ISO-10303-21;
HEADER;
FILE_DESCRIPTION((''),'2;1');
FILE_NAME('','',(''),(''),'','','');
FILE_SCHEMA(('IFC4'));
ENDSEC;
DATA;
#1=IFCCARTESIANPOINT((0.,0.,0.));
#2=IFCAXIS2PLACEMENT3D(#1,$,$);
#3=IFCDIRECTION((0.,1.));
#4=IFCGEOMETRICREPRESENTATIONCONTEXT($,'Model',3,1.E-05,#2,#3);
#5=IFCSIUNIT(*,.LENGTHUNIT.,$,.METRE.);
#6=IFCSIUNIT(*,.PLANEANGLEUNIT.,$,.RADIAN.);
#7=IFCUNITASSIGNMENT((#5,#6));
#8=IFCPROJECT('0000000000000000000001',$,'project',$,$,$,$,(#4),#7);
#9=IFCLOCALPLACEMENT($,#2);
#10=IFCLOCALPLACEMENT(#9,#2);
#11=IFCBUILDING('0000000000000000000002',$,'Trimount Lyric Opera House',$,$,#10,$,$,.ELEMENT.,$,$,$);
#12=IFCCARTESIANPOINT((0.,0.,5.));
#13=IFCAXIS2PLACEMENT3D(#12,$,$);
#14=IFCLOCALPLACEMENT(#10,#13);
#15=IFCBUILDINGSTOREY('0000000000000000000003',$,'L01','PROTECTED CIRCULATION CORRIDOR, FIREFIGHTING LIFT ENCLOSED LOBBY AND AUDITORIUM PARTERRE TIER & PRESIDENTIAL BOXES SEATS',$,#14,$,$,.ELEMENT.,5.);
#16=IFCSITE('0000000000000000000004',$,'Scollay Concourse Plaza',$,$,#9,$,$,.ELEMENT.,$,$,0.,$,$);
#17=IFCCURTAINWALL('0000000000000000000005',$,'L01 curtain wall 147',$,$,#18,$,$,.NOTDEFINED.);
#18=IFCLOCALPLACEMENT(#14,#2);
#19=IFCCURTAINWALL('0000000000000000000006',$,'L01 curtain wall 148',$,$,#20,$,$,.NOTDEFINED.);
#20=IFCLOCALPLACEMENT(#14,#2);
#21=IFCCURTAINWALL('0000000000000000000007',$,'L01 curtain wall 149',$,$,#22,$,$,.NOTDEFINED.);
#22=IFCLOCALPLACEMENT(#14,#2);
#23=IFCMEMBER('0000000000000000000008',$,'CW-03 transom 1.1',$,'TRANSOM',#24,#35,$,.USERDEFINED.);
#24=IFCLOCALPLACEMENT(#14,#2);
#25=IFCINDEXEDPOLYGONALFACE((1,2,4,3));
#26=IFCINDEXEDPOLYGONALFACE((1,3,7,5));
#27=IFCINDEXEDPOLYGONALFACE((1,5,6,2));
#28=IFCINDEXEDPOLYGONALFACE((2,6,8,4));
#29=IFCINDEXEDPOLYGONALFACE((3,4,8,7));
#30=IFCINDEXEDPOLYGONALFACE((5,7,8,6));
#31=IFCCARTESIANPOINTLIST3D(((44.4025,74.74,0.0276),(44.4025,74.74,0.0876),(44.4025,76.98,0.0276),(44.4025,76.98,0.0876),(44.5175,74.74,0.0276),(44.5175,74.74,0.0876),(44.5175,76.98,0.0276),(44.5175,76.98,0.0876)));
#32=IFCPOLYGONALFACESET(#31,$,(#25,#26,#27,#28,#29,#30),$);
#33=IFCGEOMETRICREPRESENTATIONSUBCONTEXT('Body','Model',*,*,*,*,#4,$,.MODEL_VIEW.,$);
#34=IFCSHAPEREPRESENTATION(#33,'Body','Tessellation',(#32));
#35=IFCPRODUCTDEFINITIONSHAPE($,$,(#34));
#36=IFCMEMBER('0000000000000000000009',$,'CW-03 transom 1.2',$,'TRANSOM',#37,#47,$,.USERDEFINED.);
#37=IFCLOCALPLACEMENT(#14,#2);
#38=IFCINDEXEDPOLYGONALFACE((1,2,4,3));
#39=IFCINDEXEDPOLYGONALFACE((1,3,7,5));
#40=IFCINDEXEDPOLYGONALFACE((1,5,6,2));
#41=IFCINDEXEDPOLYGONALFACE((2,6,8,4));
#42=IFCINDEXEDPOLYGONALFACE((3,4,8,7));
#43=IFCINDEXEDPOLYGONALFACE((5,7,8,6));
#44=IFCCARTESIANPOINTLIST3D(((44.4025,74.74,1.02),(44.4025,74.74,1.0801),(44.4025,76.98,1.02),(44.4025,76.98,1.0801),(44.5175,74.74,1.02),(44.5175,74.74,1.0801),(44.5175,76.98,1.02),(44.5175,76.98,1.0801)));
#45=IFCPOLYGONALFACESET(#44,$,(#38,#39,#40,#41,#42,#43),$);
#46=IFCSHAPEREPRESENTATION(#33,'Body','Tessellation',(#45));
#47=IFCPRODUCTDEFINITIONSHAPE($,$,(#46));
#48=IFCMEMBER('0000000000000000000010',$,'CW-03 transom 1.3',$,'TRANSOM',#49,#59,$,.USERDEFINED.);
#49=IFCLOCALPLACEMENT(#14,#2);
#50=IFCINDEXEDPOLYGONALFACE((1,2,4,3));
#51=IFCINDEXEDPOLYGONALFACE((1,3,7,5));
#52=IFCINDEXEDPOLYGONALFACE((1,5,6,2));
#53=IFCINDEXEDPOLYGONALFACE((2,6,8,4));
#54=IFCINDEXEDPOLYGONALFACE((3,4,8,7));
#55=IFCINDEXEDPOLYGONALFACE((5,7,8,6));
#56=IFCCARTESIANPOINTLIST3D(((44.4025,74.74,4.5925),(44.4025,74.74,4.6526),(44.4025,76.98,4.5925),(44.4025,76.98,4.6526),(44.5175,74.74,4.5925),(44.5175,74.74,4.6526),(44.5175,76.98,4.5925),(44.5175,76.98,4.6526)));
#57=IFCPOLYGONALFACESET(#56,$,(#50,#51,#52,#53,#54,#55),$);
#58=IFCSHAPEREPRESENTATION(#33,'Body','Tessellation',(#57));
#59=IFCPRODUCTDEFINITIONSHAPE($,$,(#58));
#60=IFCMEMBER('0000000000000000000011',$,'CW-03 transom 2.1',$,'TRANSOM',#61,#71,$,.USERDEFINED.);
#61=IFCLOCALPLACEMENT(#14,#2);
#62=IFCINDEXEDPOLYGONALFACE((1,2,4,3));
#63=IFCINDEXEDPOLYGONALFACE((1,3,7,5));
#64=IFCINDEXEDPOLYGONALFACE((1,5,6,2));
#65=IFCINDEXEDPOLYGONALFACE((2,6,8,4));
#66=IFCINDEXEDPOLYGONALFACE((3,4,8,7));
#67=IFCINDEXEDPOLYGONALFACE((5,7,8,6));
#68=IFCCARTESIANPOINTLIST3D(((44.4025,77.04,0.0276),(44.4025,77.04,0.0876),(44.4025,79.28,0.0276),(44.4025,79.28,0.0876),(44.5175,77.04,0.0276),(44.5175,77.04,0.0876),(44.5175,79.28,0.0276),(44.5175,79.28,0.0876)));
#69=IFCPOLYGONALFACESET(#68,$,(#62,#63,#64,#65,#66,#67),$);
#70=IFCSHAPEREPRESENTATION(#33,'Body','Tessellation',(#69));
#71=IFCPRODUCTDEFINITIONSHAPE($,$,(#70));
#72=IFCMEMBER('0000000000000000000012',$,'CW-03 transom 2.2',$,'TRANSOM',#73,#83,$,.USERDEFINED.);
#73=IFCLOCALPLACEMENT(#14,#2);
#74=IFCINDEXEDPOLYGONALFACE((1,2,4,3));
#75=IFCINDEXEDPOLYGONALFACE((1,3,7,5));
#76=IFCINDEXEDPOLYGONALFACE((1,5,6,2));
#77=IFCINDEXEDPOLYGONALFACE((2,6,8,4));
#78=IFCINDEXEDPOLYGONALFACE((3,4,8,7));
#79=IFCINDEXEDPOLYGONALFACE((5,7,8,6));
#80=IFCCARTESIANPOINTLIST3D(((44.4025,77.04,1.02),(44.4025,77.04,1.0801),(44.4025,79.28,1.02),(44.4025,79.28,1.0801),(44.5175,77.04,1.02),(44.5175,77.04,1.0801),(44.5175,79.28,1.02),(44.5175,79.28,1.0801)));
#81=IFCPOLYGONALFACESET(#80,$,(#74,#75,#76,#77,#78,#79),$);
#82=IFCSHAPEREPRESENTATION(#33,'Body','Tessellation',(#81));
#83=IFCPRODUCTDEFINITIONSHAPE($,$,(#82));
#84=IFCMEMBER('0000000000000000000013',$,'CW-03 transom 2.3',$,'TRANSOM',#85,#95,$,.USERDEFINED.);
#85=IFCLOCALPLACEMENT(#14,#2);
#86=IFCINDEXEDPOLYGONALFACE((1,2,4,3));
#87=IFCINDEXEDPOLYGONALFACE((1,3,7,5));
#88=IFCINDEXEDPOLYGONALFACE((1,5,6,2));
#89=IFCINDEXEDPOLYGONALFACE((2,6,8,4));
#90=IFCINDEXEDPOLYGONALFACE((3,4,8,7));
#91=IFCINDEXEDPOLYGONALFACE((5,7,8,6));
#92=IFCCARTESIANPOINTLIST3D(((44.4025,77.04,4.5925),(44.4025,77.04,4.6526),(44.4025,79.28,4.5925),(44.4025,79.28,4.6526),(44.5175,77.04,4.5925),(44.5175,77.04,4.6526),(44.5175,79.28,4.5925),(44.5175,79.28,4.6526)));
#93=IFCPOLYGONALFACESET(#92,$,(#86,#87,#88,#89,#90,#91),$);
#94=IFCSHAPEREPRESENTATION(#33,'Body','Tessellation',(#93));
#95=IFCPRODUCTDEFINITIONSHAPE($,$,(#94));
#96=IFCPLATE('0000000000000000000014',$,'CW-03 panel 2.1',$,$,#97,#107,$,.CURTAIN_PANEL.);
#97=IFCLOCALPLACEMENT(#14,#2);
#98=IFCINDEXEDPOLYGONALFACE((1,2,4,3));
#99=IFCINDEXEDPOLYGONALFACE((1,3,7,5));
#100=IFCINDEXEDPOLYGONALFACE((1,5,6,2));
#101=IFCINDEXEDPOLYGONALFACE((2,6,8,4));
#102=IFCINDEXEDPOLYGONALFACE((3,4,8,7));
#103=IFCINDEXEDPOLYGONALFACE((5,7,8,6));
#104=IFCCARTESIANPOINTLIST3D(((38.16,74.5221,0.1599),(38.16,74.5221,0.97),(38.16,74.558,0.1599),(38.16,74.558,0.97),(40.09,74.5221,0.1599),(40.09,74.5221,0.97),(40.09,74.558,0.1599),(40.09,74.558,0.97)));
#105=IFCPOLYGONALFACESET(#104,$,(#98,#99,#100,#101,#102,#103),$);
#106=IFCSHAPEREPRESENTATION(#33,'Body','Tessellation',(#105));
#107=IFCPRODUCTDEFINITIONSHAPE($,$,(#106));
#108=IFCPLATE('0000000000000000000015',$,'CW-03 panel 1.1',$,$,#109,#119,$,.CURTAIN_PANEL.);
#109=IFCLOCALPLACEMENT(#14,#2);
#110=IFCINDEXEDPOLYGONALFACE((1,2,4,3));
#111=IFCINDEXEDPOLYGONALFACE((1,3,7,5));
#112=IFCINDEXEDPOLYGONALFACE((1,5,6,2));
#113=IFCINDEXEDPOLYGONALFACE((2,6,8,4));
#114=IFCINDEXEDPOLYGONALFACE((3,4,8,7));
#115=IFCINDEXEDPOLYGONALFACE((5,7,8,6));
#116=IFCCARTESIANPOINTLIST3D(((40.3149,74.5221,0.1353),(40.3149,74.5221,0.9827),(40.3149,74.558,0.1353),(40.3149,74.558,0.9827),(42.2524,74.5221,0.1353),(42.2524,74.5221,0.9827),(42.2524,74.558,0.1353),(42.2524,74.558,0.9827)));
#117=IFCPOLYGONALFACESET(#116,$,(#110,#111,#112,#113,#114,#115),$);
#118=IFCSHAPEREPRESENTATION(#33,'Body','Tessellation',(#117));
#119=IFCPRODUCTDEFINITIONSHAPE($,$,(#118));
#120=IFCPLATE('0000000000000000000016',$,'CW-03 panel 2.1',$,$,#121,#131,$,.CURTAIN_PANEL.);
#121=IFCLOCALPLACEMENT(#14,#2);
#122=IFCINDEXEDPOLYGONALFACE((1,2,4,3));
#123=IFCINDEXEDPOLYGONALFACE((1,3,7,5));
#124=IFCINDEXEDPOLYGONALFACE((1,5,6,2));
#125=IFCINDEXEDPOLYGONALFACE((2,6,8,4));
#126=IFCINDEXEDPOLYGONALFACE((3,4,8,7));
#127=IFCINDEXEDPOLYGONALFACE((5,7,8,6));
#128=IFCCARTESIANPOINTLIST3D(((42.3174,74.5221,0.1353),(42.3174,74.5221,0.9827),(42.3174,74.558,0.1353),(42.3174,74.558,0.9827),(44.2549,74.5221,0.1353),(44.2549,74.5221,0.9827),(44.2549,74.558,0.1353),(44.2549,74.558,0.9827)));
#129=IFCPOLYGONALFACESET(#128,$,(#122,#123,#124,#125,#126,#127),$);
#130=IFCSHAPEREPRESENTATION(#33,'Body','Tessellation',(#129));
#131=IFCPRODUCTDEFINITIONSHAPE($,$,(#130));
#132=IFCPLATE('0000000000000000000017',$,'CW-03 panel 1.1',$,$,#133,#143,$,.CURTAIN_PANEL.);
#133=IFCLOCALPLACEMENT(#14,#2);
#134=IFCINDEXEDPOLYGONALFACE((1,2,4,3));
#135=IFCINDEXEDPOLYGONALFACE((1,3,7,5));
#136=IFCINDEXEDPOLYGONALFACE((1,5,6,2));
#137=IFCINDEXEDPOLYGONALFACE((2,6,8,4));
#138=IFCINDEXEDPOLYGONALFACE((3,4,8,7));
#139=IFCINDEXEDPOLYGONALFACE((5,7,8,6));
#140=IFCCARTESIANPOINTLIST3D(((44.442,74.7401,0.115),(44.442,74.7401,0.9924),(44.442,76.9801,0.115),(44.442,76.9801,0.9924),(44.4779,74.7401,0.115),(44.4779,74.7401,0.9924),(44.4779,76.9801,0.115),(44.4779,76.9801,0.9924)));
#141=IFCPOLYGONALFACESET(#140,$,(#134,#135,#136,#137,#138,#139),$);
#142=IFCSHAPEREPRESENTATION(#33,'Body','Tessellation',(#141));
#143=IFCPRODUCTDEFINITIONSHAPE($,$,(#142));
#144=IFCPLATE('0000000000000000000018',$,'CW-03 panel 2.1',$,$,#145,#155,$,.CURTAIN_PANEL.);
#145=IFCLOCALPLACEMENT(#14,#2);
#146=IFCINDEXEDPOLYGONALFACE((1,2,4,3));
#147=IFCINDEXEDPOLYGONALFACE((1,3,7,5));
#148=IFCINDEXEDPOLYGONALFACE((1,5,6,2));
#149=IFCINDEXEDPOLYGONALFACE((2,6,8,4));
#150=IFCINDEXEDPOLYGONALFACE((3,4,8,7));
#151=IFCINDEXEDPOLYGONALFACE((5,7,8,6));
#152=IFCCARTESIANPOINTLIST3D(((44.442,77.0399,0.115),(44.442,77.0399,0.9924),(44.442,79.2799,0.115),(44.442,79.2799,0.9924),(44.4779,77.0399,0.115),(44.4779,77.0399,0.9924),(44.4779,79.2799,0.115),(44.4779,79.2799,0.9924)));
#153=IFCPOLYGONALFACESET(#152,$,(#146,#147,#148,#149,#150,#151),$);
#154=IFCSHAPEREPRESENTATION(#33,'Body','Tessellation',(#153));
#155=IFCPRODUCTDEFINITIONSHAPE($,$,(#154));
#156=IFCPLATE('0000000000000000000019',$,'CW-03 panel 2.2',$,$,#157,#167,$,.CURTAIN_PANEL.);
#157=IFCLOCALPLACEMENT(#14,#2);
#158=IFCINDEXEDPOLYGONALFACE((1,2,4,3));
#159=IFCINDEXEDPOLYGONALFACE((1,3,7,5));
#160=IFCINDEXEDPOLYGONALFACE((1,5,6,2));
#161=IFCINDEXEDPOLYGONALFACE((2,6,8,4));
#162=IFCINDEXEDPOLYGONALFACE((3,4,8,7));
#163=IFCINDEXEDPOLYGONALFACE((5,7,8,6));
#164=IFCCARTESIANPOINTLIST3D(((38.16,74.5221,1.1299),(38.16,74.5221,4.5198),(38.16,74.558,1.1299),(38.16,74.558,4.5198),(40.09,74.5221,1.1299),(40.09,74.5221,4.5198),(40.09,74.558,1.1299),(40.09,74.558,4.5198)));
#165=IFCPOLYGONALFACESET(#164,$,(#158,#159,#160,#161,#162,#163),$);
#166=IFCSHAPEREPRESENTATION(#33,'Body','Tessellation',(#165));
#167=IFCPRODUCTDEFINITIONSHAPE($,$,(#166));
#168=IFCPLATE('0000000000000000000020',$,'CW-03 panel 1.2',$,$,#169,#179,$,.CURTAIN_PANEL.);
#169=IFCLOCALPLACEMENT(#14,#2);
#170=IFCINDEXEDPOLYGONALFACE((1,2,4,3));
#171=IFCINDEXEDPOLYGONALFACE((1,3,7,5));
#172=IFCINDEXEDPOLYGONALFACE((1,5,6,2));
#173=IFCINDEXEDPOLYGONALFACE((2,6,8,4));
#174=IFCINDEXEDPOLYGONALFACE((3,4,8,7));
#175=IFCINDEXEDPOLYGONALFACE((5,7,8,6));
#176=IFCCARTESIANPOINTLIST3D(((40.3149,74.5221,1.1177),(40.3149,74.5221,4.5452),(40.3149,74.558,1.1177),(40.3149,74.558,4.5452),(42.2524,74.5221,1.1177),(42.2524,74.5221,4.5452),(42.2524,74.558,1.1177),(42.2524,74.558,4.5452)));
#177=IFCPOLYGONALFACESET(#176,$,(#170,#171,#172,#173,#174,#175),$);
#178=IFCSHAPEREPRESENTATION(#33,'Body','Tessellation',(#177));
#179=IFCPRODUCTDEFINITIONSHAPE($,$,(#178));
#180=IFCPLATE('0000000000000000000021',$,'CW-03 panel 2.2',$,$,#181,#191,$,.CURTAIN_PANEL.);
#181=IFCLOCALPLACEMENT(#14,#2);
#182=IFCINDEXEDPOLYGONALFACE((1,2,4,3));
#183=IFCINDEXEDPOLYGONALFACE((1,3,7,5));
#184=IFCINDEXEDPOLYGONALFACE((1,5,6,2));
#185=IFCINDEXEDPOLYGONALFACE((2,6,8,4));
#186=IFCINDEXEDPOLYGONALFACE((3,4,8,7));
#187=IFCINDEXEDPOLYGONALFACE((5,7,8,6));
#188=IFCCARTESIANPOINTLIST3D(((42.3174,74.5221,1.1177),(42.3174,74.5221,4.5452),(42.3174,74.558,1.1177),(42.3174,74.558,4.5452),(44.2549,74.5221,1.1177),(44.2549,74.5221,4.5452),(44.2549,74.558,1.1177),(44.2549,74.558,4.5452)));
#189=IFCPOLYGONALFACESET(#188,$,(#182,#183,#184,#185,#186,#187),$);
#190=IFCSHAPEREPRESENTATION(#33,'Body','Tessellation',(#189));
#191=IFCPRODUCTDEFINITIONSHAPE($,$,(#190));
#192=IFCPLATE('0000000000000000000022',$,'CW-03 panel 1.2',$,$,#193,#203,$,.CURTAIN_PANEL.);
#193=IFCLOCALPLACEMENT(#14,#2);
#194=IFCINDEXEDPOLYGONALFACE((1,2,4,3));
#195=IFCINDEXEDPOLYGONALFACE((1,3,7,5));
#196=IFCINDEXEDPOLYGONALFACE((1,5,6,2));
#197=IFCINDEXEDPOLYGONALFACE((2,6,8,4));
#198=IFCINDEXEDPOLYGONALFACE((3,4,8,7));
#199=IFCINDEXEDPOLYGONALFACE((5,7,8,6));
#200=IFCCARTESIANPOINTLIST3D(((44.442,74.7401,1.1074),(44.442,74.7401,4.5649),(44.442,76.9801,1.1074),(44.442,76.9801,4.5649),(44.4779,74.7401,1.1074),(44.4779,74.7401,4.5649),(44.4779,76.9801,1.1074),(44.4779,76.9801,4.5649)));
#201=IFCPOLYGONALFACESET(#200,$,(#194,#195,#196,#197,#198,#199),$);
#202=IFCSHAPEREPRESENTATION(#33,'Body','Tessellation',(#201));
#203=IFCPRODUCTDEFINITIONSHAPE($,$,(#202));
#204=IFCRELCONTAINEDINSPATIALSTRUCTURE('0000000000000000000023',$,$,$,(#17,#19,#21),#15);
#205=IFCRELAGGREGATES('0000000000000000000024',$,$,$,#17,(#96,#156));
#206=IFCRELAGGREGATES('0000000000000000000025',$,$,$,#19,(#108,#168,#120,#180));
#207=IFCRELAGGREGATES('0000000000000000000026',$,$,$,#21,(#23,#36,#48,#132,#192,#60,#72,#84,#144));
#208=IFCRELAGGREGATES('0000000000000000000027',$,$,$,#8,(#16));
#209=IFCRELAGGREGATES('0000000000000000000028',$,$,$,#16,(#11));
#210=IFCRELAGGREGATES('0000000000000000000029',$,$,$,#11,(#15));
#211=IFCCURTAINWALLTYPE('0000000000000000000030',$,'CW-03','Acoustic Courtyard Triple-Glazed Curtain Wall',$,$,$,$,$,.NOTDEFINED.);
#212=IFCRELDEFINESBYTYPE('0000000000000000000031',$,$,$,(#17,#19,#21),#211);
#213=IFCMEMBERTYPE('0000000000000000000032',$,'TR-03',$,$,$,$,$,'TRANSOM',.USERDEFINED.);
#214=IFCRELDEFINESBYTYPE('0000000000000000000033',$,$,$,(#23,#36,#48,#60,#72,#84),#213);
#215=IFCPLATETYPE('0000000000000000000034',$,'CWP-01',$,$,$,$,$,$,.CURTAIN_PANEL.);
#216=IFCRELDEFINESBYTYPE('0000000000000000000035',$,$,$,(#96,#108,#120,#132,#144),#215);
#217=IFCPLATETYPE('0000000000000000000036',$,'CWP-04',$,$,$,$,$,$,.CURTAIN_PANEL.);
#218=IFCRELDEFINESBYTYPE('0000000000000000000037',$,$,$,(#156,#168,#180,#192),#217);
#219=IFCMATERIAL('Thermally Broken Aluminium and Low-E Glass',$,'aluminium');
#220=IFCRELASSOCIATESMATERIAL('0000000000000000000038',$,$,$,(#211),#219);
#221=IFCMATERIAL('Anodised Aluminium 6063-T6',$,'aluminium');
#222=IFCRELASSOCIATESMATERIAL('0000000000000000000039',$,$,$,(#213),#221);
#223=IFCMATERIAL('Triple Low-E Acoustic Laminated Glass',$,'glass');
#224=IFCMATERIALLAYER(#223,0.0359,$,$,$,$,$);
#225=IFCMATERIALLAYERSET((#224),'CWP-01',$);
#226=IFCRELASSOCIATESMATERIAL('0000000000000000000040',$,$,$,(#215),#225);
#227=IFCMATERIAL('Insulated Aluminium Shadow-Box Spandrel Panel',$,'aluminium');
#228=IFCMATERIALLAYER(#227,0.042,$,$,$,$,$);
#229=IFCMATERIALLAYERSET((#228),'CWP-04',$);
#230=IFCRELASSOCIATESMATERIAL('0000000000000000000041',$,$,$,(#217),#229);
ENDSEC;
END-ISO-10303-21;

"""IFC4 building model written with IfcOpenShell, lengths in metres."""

from ifc_helpers import new_model, si_unit, direction, frame, origin, origin_2d, place, context, subcontext, project, spatial, rectangle, extrude, material, layer, layer_set, material_profile, profile_set, type_object, element, aggregate, save


model = new_model("IFC4")

# Units and contexts
model_context = context("Model", 3, precision=1e-05, world=origin(), true_north=direction((0.0, 1.0)))
body_context = subcontext(model_context, "Body", "Model", "MODEL_VIEW")
ifc_project = project(units=[si_unit("LENGTHUNIT", "METRE"), si_unit("PLANEANGLEUNIT", "RADIAN")], contexts=[model_context])

# Site, building, storey
site_placement = place(None, origin())
site = spatial("IfcSite", under=ifc_project, at=site_placement, Name="Scollay Concourse Plaza", CompositionType="ELEMENT", RefElevation=0.0)
building_placement = place(site_placement, origin())
building = spatial("IfcBuilding", under=site, at=building_placement, Name="Trimount Lyric Opera House", CompositionType="ELEMENT")
storey_placement = place(building_placement, frame((0.0, 0.0, 5.0)))
storey = spatial("IfcBuildingStorey", under=building, at=storey_placement, Name="L01", Description="PROTECTED CIRCULATION CORRIDOR, FIREFIGHTING LIFT ENCLOSED LOBBY AND AUDITORIUM PARTERRE TIER & PRESIDENTIAL BOXES SEATS", CompositionType="ELEMENT", Elevation=5.0)

# Curtain wall
ifc_material_1 = material(Name="Thermally Broken Aluminium and Low-E Glass", Category="aluminium")
curtain_wall_type = type_object("IfcCurtainWallType", Name="CW-03", Description="Acoustic Courtyard Triple-Glazed Curtain Wall", PredefinedType="NOTDEFINED", material=ifc_material_1)
curtain_wall_1_placement = place(storey_placement, origin())
curtain_wall_1 = element("IfcCurtainWall", 1, at=curtain_wall_1_placement, inside=storey, type_object=curtain_wall_type, Name="L01 curtain wall 147", PredefinedType="NOTDEFINED")

# Curtain walls
curtain_wall_2_placement = place(storey_placement, origin())
curtain_wall_2 = element("IfcCurtainWall", 2, at=curtain_wall_2_placement, inside=storey, type_object=curtain_wall_type, Name="L01 curtain wall 148", PredefinedType="NOTDEFINED")
curtain_wall_3_placement = place(storey_placement, origin())
curtain_wall_3 = element("IfcCurtainWall", 3, at=curtain_wall_3_placement, inside=storey, type_object=curtain_wall_type, Name="L01 curtain wall 149", PredefinedType="NOTDEFINED")

# Members
ifc_material_2 = material(Name="Anodised Aluminium 6063-T6", Category="aluminium")
ifc_material_profile_1 = material_profile(ifc_material_2, rectangle(XDim=0.115, YDim=0.0601, at=origin_2d()), Name="ALU-TRAN-60X115")
ifc_profile_set_1 = profile_set([ifc_material_profile_1], Name="Anodised Aluminium 6063-T6")
member_type_1 = type_object("IfcMemberType", Name="TR-03", ElementType="TRANSOM", PredefinedType="USERDEFINED", material=ifc_profile_set_1)
member_1_placement = place(storey_placement, frame((44.46, 74.74, 0.0576), z_axis=(0.0, 1.0, 0.0), x_axis=(-1.0, 0.0, 0.0)))
member_1 = element("IfcMember", 4, at=member_1_placement, type_object=member_type_1, Name="CW-03 transom 1.1", ObjectType="TRANSOM", PredefinedType="USERDEFINED", context=body_context, shape_type="SweptSolid", body=[
    extrude(rectangle(XDim=0.115, YDim=0.0601, at=origin_2d()), origin(), (0.0, 0.0, 1.0), 2.24),
])
member_2_placement = place(storey_placement, frame((44.46, 74.74, 1.05), z_axis=(0.0, 1.0, 0.0), x_axis=(-1.0, 0.0, 0.0)))
member_2 = element("IfcMember", 5, at=member_2_placement, type_object=member_type_1, Name="CW-03 transom 1.2", ObjectType="TRANSOM", PredefinedType="USERDEFINED", context=body_context, shape_type="SweptSolid", body=[
    extrude(rectangle(XDim=0.115, YDim=0.0601, at=origin_2d()), origin(), (0.0, 0.0, 1.0), 2.24),
])
member_3_placement = place(storey_placement, frame((44.46, 74.74, 4.6226), z_axis=(0.0, 1.0, 0.0), x_axis=(-1.0, 0.0, 0.0)))
member_3 = element("IfcMember", 6, at=member_3_placement, type_object=member_type_1, Name="CW-03 transom 1.3", ObjectType="TRANSOM", PredefinedType="USERDEFINED", context=body_context, shape_type="SweptSolid", body=[
    extrude(rectangle(XDim=0.115, YDim=0.0601, at=origin_2d()), origin(), (0.0, 0.0, 1.0), 2.24),
])
member_4_placement = place(storey_placement, frame((44.46, 77.04, 0.0576), z_axis=(0.0, 1.0, 0.0), x_axis=(-1.0, 0.0, 0.0)))
member_4 = element("IfcMember", 7, at=member_4_placement, type_object=member_type_1, Name="CW-03 transom 2.1", ObjectType="TRANSOM", PredefinedType="USERDEFINED", context=body_context, shape_type="SweptSolid", body=[
    extrude(rectangle(XDim=0.115, YDim=0.0601, at=origin_2d()), origin(), (0.0, 0.0, 1.0), 2.24),
])
member_5_placement = place(storey_placement, frame((44.46, 77.04, 1.05), z_axis=(0.0, 1.0, 0.0), x_axis=(-1.0, 0.0, 0.0)))
member_5 = element("IfcMember", 8, at=member_5_placement, type_object=member_type_1, Name="CW-03 transom 2.2", ObjectType="TRANSOM", PredefinedType="USERDEFINED", context=body_context, shape_type="SweptSolid", body=[
    extrude(rectangle(XDim=0.115, YDim=0.0601, at=origin_2d()), origin(), (0.0, 0.0, 1.0), 2.24),
])
member_6_placement = place(storey_placement, frame((44.46, 77.04, 4.6226), z_axis=(0.0, 1.0, 0.0), x_axis=(-1.0, 0.0, 0.0)))
member_6 = element("IfcMember", 9, at=member_6_placement, type_object=member_type_1, Name="CW-03 transom 2.3", ObjectType="TRANSOM", PredefinedType="USERDEFINED", context=body_context, shape_type="SweptSolid", body=[
    extrude(rectangle(XDim=0.115, YDim=0.0601, at=origin_2d()), origin(), (0.0, 0.0, 1.0), 2.24),
])

# Plates
ifc_material_3 = material(Name="Triple Low-E Acoustic Laminated Glass", Category="glass")
ifc_layer_1 = layer(ifc_material_3, 0.0359)
ifc_layer_set_1 = layer_set([ifc_layer_1], Name="CWP-01")
plate_type_1 = type_object("IfcPlateType", Name="CWP-01", PredefinedType="CURTAIN_PANEL", material=ifc_layer_set_1)
plate_1_placement = place(storey_placement, frame((39.125, 74.54, 0.1599), z_axis=(0.0, 0.0, 1.0), x_axis=(1.0, 0.0, 0.0)))
plate_1 = element("IfcPlate", 10, at=plate_1_placement, type_object=plate_type_1, Name="CW-03 panel 2.1", PredefinedType="CURTAIN_PANEL", context=body_context, shape_type="SweptSolid", body=[
    extrude(rectangle(XDim=1.9299, YDim=0.0359, at=origin_2d()), origin(), (0.0, 0.0, 1.0), 0.8101),
])
plate_2_placement = place(storey_placement, frame((41.2837, 74.54, 0.1353), z_axis=(0.0, 0.0, 1.0), x_axis=(1.0, 0.0, 0.0)))
plate_2 = element("IfcPlate", 11, at=plate_2_placement, type_object=plate_type_1, Name="CW-03 panel 1.1", PredefinedType="CURTAIN_PANEL", context=body_context, shape_type="SweptSolid", body=[
    extrude(rectangle(XDim=1.9375, YDim=0.0359, at=origin_2d()), origin(), (0.0, 0.0, 1.0), 0.8474),
])
plate_3_placement = place(storey_placement, frame((43.2861, 74.54, 0.1353), z_axis=(0.0, 0.0, 1.0), x_axis=(1.0, 0.0, 0.0)))
plate_3 = element("IfcPlate", 12, at=plate_3_placement, type_object=plate_type_1, Name="CW-03 panel 2.1", PredefinedType="CURTAIN_PANEL", context=body_context, shape_type="SweptSolid", body=[
    extrude(rectangle(XDim=1.9375, YDim=0.0359, at=origin_2d()), origin(), (0.0, 0.0, 1.0), 0.8474),
])
plate_4_placement = place(storey_placement, frame((44.46, 75.8601, 0.115), z_axis=(0.0, 0.0, 1.0), x_axis=(0.0, 1.0, 0.0)))
plate_4 = element("IfcPlate", 13, at=plate_4_placement, type_object=plate_type_1, Name="CW-03 panel 1.1", PredefinedType="CURTAIN_PANEL", context=body_context, shape_type="SweptSolid", body=[
    extrude(rectangle(XDim=2.24, YDim=0.0359, at=origin_2d()), origin(), (0.0, 0.0, 1.0), 0.8774),
])
plate_5_placement = place(storey_placement, frame((44.46, 78.1599, 0.115), z_axis=(0.0, 0.0, 1.0), x_axis=(0.0, 1.0, 0.0)))
plate_5 = element("IfcPlate", 14, at=plate_5_placement, type_object=plate_type_1, Name="CW-03 panel 2.1", PredefinedType="CURTAIN_PANEL", context=body_context, shape_type="SweptSolid", body=[
    extrude(rectangle(XDim=2.24, YDim=0.0359, at=origin_2d()), origin(), (0.0, 0.0, 1.0), 0.8774),
])
ifc_material_4 = material(Name="Insulated Aluminium Shadow-Box Spandrel Panel", Category="aluminium")
ifc_layer_2 = layer(ifc_material_4, 0.042)
ifc_layer_set_2 = layer_set([ifc_layer_2], Name="CWP-04")
plate_type_2 = type_object("IfcPlateType", Name="CWP-04", PredefinedType="CURTAIN_PANEL", material=ifc_layer_set_2)
plate_6_placement = place(storey_placement, frame((39.125, 74.54, 1.1299), z_axis=(0.0, 0.0, 1.0), x_axis=(1.0, 0.0, 0.0)))
plate_6 = element("IfcPlate", 15, at=plate_6_placement, type_object=plate_type_2, Name="CW-03 panel 2.2", PredefinedType="CURTAIN_PANEL", context=body_context, shape_type="SweptSolid", body=[
    extrude(rectangle(XDim=1.9299, YDim=0.0359, at=origin_2d()), origin(), (0.0, 0.0, 1.0), 3.3899),
])
aggregate(curtain_wall_1, [plate_1, plate_6])
plate_7_placement = place(storey_placement, frame((41.2837, 74.54, 1.1177), z_axis=(0.0, 0.0, 1.0), x_axis=(1.0, 0.0, 0.0)))
plate_7 = element("IfcPlate", 16, at=plate_7_placement, type_object=plate_type_2, Name="CW-03 panel 1.2", PredefinedType="CURTAIN_PANEL", context=body_context, shape_type="SweptSolid", body=[
    extrude(rectangle(XDim=1.9375, YDim=0.0359, at=origin_2d()), origin(), (0.0, 0.0, 1.0), 3.4275),
])
plate_8_placement = place(storey_placement, frame((43.2861, 74.54, 1.1177), z_axis=(0.0, 0.0, 1.0), x_axis=(1.0, 0.0, 0.0)))
plate_8 = element("IfcPlate", 17, at=plate_8_placement, type_object=plate_type_2, Name="CW-03 panel 2.2", PredefinedType="CURTAIN_PANEL", context=body_context, shape_type="SweptSolid", body=[
    extrude(rectangle(XDim=1.9375, YDim=0.0359, at=origin_2d()), origin(), (0.0, 0.0, 1.0), 3.4275),
])
aggregate(curtain_wall_2, [plate_2, plate_7, plate_3, plate_8])
plate_9_placement = place(storey_placement, frame((44.46, 75.8601, 1.1074), z_axis=(0.0, 0.0, 1.0), x_axis=(0.0, 1.0, 0.0)))
plate_9 = element("IfcPlate", 18, at=plate_9_placement, type_object=plate_type_2, Name="CW-03 panel 1.2", PredefinedType="CURTAIN_PANEL", context=body_context, shape_type="SweptSolid", body=[
    extrude(rectangle(XDim=2.24, YDim=0.0359, at=origin_2d()), origin(), (0.0, 0.0, 1.0), 3.4575),
])
aggregate(curtain_wall_3, [member_1, member_2, member_3, plate_4, plate_9, member_4, member_5, member_6, plate_5])

save(model, "model.ifc")
